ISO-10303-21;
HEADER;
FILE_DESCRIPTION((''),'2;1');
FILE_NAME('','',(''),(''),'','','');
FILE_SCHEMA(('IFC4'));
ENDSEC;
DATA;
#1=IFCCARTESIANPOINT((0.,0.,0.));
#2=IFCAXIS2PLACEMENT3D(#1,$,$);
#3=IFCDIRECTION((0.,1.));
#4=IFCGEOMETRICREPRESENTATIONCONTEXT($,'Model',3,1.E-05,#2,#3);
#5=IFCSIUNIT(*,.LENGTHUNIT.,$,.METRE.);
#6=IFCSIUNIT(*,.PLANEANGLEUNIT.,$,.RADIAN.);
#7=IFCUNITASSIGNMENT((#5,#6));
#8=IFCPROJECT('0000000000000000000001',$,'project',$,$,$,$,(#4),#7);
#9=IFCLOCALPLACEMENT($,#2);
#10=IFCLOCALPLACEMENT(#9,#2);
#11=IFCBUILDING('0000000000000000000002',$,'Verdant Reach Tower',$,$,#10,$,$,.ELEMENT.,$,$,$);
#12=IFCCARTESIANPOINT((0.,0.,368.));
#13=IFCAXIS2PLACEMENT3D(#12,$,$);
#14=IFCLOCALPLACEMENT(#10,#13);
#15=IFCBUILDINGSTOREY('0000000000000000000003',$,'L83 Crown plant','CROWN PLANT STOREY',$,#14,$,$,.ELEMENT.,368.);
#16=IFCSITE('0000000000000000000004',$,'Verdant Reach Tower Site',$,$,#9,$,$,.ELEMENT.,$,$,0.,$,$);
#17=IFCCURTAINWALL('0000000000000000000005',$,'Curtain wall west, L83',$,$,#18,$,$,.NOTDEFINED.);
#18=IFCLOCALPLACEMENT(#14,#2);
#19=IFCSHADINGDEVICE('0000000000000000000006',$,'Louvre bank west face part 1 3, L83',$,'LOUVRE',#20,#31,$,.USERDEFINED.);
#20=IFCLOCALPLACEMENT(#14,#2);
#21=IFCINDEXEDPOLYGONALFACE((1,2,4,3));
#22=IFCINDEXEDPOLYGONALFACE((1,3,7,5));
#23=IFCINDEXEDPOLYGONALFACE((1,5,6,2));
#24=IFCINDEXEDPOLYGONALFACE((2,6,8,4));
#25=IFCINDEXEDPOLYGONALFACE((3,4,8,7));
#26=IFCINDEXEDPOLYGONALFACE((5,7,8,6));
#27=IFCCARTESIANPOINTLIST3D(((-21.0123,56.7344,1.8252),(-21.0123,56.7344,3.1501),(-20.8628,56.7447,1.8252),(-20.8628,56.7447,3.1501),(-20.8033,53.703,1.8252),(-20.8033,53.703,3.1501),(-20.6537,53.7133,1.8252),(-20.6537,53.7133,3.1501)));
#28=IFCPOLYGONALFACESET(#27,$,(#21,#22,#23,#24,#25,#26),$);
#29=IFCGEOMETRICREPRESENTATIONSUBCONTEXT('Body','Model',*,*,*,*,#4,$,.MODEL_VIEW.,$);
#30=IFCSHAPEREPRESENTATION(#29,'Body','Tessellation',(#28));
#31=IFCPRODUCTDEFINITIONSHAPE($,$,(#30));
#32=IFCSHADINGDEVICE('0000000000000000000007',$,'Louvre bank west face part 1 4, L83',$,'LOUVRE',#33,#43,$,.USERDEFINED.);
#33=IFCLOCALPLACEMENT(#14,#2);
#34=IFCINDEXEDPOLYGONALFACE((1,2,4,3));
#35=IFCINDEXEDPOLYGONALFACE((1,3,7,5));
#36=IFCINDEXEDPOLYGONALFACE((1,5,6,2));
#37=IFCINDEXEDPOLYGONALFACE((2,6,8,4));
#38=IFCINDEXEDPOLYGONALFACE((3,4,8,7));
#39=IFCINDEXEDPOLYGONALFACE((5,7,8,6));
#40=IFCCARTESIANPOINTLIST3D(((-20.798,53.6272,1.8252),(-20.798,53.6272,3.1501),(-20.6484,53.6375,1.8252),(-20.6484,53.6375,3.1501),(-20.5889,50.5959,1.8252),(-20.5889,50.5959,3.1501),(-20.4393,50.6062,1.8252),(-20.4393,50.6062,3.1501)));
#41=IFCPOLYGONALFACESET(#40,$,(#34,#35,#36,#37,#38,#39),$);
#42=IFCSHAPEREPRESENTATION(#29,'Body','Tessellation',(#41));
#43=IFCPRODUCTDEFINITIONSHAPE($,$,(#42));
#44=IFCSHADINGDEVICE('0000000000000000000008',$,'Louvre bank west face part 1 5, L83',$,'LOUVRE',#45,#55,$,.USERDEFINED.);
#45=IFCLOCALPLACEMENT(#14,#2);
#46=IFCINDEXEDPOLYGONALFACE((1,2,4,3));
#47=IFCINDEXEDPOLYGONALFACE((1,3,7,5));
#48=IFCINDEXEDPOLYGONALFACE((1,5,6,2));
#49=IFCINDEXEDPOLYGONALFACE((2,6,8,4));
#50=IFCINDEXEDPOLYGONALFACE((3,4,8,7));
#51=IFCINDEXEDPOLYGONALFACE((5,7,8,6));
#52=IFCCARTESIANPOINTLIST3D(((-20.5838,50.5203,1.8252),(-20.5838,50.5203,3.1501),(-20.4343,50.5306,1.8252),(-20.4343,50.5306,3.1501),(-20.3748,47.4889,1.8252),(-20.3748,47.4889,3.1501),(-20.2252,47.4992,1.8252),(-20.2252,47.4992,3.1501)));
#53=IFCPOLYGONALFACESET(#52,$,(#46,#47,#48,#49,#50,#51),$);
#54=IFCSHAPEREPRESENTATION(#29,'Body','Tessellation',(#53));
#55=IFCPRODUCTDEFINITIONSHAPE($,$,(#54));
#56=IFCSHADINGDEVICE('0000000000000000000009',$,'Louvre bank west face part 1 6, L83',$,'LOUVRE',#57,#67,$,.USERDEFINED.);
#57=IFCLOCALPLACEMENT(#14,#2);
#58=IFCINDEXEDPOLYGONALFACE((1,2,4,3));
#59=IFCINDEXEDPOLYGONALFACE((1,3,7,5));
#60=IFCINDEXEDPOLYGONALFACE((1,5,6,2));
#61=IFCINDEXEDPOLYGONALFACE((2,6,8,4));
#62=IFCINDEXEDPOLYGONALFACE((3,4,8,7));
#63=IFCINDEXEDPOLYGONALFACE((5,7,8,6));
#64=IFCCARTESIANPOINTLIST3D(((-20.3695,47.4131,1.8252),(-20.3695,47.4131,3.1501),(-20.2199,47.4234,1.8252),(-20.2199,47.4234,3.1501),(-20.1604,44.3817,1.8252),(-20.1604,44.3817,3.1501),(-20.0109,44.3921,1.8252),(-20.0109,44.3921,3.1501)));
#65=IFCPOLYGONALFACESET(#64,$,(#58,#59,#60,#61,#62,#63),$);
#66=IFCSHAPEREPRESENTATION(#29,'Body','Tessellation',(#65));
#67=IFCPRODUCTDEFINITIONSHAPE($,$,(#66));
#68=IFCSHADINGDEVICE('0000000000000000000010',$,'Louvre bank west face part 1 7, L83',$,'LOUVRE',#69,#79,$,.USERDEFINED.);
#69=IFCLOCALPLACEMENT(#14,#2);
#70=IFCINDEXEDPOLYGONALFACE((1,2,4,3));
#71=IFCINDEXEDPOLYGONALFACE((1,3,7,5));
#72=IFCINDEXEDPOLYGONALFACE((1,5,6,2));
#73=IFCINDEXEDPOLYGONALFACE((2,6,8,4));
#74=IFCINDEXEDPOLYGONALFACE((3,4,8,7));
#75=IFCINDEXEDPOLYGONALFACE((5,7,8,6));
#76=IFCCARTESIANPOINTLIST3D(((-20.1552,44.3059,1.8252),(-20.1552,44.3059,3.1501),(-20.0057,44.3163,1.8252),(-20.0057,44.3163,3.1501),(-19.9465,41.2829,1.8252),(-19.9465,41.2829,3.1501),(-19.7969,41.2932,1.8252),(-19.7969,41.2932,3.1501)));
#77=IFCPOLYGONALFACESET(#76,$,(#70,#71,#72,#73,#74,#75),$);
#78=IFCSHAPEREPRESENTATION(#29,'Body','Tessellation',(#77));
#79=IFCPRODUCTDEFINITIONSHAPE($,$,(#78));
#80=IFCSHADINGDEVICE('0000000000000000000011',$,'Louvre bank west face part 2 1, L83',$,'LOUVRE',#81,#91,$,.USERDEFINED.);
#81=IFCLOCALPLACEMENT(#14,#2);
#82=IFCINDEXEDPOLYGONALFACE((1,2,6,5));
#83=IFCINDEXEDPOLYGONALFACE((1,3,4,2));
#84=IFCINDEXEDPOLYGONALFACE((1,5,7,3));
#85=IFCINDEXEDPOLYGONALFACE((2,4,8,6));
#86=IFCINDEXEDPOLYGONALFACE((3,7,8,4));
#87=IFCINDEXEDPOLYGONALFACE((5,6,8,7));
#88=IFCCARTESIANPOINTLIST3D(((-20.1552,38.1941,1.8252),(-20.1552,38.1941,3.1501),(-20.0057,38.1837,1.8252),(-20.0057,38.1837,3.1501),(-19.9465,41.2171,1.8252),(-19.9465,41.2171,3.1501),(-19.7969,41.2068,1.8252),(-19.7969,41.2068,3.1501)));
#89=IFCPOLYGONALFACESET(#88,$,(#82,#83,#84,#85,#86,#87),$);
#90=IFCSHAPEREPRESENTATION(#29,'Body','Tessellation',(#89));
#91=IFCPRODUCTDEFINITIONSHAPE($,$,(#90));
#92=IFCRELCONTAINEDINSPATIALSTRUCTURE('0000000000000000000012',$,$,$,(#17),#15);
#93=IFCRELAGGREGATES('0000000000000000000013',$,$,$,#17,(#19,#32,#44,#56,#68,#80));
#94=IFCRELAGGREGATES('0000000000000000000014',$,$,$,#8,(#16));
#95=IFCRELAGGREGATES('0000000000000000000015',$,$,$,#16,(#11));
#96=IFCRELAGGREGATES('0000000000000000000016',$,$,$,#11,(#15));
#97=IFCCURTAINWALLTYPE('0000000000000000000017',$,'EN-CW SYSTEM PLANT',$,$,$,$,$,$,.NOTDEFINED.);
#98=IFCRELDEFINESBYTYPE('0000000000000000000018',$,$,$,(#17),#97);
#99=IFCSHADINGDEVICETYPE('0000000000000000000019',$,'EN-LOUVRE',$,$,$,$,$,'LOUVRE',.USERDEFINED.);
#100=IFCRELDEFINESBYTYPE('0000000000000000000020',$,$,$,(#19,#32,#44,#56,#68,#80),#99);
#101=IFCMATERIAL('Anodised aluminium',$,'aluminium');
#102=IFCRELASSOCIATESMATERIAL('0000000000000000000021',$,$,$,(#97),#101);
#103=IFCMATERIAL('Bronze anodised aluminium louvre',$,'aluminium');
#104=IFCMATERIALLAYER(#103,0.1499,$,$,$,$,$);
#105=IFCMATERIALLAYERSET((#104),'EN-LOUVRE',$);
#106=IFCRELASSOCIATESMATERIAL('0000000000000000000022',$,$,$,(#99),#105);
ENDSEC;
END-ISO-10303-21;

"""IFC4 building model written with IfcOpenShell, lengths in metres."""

from ifc_helpers import new_model, si_unit, direction, frame, origin, origin_2d, place, context, subcontext, project, spatial, rectangle, extrude, material, layer, layer_set, type_object, element, aggregate, save


model = new_model("IFC4")

# Units and contexts
model_context = context("Model", 3, precision=1e-05, world=origin(), true_north=direction((0.0, 1.0)))
body_context = subcontext(model_context, "Body", "Model", "MODEL_VIEW")
ifc_project = project(units=[si_unit("LENGTHUNIT", "METRE"), si_unit("PLANEANGLEUNIT", "RADIAN")], contexts=[model_context])

# Site, building, storey
site_placement = place(None, origin())
site = spatial("IfcSite", under=ifc_project, at=site_placement, Name="Verdant Reach Tower Site", CompositionType="ELEMENT", RefElevation=0.0)
building_placement = place(site_placement, origin())
building = spatial("IfcBuilding", under=site, at=building_placement, Name="Verdant Reach Tower", CompositionType="ELEMENT")
storey_placement = place(building_placement, frame((0.0, 0.0, 368.0)))
storey = spatial("IfcBuildingStorey", under=building, at=storey_placement, Name="L83 Crown plant", Description="CROWN PLANT STOREY", CompositionType="ELEMENT", Elevation=368.0)

# Curtain wall
ifc_material_1 = material(Name="Anodised aluminium", Category="aluminium")
curtain_wall_type = type_object("IfcCurtainWallType", Name="EN-CW SYSTEM PLANT", PredefinedType="NOTDEFINED", material=ifc_material_1)
curtain_wall_placement = place(storey_placement, origin())
curtain_wall = element("IfcCurtainWall", 1, at=curtain_wall_placement, inside=storey, type_object=curtain_wall_type, Name="Curtain wall west, L83", PredefinedType="NOTDEFINED")

# Shading devices
ifc_material_2 = material(Name="Bronze anodised aluminium louvre", Category="aluminium")
ifc_layer_1 = layer(ifc_material_2, 0.1499)
ifc_layer_set_1 = layer_set([ifc_layer_1], Name="EN-LOUVRE")
shading_device_type = type_object("IfcShadingDeviceType", Name="EN-LOUVRE", ElementType="LOUVRE", PredefinedType="USERDEFINED", material=ifc_layer_set_1)
shading_device_1_placement = place(storey_placement, frame((-20.833, 55.2239, 1.8252), z_axis=(0.0, 0.0, 1.0), x_axis=(0.068802, -0.99763, 0.0)))
shading_device_1 = element("IfcShadingDevice", 2, at=shading_device_1_placement, type_object=shading_device_type, Name="Louvre bank west face part 1 3, L83", ObjectType="LOUVRE", PredefinedType="USERDEFINED", context=body_context, shape_type="SweptSolid", body=[
    extrude(rectangle(XDim=3.0386, YDim=0.1499, at=origin_2d()), origin(), (0.0, 0.0, 1.0), 1.325),
])
shading_device_2_placement = place(storey_placement, frame((-20.6187, 52.1167, 1.8252), z_axis=(0.0, 0.0, 1.0), x_axis=(0.068802, -0.99763, 0.0)))
shading_device_2 = element("IfcShadingDevice", 3, at=shading_device_2_placement, type_object=shading_device_type, Name="Louvre bank west face part 1 4, L83", ObjectType="LOUVRE", PredefinedType="USERDEFINED", context=body_context, shape_type="SweptSolid", body=[
    extrude(rectangle(XDim=3.0386, YDim=0.1499, at=origin_2d()), origin(), (0.0, 0.0, 1.0), 1.325),
])
shading_device_3_placement = place(storey_placement, frame((-20.4045, 49.0098, 1.8252), z_axis=(0.0, 0.0, 1.0), x_axis=(0.068802, -0.99763, 0.0)))
shading_device_3 = element("IfcShadingDevice", 4, at=shading_device_3_placement, type_object=shading_device_type, Name="Louvre bank west face part 1 5, L83", ObjectType="LOUVRE", PredefinedType="USERDEFINED", context=body_context, shape_type="SweptSolid", body=[
    extrude(rectangle(XDim=3.0386, YDim=0.1499, at=origin_2d()), origin(), (0.0, 0.0, 1.0), 1.325),
])
shading_device_4_placement = place(storey_placement, frame((-20.1902, 45.9026, 1.8252), z_axis=(0.0, 0.0, 1.0), x_axis=(0.068802, -0.99763, 0.0)))
shading_device_4 = element("IfcShadingDevice", 5, at=shading_device_4_placement, type_object=shading_device_type, Name="Louvre bank west face part 1 6, L83", ObjectType="LOUVRE", PredefinedType="USERDEFINED", context=body_context, shape_type="SweptSolid", body=[
    extrude(rectangle(XDim=3.0386, YDim=0.1499, at=origin_2d()), origin(), (0.0, 0.0, 1.0), 1.325),
])
shading_device_5_placement = place(storey_placement, frame((-19.9761, 42.7996, 1.8252), z_axis=(0.0, 0.0, 1.0), x_axis=(0.068893, -0.997624, 0.0)))
shading_device_5 = element("IfcShadingDevice", 6, at=shading_device_5_placement, type_object=shading_device_type, Name="Louvre bank west face part 1 7, L83", ObjectType="LOUVRE", PredefinedType="USERDEFINED", context=body_context, shape_type="SweptSolid", body=[
    extrude(rectangle(XDim=3.0303, YDim=0.1499, at=origin_2d()), origin(), (0.0, 0.0, 1.0), 1.325),
])
shading_device_6_placement = place(storey_placement, frame((-19.9761, 39.7004, 1.8252), z_axis=(0.0, 0.0, 1.0), x_axis=(-0.068893, -0.997624, 0.0)))
shading_device_6 = element("IfcShadingDevice", 7, at=shading_device_6_placement, type_object=shading_device_type, Name="Louvre bank west face part 2 1, L83", ObjectType="LOUVRE", PredefinedType="USERDEFINED", context=body_context, shape_type="SweptSolid", body=[
    extrude(rectangle(XDim=3.0303, YDim=0.1499, at=origin_2d()), origin(), (0.0, 0.0, 1.0), 1.325),
])
aggregate(curtain_wall, [shading_device_1, shading_device_2, shading_device_3, shading_device_4, shading_device_5, shading_device_6])

save(model, "model.ifc")
